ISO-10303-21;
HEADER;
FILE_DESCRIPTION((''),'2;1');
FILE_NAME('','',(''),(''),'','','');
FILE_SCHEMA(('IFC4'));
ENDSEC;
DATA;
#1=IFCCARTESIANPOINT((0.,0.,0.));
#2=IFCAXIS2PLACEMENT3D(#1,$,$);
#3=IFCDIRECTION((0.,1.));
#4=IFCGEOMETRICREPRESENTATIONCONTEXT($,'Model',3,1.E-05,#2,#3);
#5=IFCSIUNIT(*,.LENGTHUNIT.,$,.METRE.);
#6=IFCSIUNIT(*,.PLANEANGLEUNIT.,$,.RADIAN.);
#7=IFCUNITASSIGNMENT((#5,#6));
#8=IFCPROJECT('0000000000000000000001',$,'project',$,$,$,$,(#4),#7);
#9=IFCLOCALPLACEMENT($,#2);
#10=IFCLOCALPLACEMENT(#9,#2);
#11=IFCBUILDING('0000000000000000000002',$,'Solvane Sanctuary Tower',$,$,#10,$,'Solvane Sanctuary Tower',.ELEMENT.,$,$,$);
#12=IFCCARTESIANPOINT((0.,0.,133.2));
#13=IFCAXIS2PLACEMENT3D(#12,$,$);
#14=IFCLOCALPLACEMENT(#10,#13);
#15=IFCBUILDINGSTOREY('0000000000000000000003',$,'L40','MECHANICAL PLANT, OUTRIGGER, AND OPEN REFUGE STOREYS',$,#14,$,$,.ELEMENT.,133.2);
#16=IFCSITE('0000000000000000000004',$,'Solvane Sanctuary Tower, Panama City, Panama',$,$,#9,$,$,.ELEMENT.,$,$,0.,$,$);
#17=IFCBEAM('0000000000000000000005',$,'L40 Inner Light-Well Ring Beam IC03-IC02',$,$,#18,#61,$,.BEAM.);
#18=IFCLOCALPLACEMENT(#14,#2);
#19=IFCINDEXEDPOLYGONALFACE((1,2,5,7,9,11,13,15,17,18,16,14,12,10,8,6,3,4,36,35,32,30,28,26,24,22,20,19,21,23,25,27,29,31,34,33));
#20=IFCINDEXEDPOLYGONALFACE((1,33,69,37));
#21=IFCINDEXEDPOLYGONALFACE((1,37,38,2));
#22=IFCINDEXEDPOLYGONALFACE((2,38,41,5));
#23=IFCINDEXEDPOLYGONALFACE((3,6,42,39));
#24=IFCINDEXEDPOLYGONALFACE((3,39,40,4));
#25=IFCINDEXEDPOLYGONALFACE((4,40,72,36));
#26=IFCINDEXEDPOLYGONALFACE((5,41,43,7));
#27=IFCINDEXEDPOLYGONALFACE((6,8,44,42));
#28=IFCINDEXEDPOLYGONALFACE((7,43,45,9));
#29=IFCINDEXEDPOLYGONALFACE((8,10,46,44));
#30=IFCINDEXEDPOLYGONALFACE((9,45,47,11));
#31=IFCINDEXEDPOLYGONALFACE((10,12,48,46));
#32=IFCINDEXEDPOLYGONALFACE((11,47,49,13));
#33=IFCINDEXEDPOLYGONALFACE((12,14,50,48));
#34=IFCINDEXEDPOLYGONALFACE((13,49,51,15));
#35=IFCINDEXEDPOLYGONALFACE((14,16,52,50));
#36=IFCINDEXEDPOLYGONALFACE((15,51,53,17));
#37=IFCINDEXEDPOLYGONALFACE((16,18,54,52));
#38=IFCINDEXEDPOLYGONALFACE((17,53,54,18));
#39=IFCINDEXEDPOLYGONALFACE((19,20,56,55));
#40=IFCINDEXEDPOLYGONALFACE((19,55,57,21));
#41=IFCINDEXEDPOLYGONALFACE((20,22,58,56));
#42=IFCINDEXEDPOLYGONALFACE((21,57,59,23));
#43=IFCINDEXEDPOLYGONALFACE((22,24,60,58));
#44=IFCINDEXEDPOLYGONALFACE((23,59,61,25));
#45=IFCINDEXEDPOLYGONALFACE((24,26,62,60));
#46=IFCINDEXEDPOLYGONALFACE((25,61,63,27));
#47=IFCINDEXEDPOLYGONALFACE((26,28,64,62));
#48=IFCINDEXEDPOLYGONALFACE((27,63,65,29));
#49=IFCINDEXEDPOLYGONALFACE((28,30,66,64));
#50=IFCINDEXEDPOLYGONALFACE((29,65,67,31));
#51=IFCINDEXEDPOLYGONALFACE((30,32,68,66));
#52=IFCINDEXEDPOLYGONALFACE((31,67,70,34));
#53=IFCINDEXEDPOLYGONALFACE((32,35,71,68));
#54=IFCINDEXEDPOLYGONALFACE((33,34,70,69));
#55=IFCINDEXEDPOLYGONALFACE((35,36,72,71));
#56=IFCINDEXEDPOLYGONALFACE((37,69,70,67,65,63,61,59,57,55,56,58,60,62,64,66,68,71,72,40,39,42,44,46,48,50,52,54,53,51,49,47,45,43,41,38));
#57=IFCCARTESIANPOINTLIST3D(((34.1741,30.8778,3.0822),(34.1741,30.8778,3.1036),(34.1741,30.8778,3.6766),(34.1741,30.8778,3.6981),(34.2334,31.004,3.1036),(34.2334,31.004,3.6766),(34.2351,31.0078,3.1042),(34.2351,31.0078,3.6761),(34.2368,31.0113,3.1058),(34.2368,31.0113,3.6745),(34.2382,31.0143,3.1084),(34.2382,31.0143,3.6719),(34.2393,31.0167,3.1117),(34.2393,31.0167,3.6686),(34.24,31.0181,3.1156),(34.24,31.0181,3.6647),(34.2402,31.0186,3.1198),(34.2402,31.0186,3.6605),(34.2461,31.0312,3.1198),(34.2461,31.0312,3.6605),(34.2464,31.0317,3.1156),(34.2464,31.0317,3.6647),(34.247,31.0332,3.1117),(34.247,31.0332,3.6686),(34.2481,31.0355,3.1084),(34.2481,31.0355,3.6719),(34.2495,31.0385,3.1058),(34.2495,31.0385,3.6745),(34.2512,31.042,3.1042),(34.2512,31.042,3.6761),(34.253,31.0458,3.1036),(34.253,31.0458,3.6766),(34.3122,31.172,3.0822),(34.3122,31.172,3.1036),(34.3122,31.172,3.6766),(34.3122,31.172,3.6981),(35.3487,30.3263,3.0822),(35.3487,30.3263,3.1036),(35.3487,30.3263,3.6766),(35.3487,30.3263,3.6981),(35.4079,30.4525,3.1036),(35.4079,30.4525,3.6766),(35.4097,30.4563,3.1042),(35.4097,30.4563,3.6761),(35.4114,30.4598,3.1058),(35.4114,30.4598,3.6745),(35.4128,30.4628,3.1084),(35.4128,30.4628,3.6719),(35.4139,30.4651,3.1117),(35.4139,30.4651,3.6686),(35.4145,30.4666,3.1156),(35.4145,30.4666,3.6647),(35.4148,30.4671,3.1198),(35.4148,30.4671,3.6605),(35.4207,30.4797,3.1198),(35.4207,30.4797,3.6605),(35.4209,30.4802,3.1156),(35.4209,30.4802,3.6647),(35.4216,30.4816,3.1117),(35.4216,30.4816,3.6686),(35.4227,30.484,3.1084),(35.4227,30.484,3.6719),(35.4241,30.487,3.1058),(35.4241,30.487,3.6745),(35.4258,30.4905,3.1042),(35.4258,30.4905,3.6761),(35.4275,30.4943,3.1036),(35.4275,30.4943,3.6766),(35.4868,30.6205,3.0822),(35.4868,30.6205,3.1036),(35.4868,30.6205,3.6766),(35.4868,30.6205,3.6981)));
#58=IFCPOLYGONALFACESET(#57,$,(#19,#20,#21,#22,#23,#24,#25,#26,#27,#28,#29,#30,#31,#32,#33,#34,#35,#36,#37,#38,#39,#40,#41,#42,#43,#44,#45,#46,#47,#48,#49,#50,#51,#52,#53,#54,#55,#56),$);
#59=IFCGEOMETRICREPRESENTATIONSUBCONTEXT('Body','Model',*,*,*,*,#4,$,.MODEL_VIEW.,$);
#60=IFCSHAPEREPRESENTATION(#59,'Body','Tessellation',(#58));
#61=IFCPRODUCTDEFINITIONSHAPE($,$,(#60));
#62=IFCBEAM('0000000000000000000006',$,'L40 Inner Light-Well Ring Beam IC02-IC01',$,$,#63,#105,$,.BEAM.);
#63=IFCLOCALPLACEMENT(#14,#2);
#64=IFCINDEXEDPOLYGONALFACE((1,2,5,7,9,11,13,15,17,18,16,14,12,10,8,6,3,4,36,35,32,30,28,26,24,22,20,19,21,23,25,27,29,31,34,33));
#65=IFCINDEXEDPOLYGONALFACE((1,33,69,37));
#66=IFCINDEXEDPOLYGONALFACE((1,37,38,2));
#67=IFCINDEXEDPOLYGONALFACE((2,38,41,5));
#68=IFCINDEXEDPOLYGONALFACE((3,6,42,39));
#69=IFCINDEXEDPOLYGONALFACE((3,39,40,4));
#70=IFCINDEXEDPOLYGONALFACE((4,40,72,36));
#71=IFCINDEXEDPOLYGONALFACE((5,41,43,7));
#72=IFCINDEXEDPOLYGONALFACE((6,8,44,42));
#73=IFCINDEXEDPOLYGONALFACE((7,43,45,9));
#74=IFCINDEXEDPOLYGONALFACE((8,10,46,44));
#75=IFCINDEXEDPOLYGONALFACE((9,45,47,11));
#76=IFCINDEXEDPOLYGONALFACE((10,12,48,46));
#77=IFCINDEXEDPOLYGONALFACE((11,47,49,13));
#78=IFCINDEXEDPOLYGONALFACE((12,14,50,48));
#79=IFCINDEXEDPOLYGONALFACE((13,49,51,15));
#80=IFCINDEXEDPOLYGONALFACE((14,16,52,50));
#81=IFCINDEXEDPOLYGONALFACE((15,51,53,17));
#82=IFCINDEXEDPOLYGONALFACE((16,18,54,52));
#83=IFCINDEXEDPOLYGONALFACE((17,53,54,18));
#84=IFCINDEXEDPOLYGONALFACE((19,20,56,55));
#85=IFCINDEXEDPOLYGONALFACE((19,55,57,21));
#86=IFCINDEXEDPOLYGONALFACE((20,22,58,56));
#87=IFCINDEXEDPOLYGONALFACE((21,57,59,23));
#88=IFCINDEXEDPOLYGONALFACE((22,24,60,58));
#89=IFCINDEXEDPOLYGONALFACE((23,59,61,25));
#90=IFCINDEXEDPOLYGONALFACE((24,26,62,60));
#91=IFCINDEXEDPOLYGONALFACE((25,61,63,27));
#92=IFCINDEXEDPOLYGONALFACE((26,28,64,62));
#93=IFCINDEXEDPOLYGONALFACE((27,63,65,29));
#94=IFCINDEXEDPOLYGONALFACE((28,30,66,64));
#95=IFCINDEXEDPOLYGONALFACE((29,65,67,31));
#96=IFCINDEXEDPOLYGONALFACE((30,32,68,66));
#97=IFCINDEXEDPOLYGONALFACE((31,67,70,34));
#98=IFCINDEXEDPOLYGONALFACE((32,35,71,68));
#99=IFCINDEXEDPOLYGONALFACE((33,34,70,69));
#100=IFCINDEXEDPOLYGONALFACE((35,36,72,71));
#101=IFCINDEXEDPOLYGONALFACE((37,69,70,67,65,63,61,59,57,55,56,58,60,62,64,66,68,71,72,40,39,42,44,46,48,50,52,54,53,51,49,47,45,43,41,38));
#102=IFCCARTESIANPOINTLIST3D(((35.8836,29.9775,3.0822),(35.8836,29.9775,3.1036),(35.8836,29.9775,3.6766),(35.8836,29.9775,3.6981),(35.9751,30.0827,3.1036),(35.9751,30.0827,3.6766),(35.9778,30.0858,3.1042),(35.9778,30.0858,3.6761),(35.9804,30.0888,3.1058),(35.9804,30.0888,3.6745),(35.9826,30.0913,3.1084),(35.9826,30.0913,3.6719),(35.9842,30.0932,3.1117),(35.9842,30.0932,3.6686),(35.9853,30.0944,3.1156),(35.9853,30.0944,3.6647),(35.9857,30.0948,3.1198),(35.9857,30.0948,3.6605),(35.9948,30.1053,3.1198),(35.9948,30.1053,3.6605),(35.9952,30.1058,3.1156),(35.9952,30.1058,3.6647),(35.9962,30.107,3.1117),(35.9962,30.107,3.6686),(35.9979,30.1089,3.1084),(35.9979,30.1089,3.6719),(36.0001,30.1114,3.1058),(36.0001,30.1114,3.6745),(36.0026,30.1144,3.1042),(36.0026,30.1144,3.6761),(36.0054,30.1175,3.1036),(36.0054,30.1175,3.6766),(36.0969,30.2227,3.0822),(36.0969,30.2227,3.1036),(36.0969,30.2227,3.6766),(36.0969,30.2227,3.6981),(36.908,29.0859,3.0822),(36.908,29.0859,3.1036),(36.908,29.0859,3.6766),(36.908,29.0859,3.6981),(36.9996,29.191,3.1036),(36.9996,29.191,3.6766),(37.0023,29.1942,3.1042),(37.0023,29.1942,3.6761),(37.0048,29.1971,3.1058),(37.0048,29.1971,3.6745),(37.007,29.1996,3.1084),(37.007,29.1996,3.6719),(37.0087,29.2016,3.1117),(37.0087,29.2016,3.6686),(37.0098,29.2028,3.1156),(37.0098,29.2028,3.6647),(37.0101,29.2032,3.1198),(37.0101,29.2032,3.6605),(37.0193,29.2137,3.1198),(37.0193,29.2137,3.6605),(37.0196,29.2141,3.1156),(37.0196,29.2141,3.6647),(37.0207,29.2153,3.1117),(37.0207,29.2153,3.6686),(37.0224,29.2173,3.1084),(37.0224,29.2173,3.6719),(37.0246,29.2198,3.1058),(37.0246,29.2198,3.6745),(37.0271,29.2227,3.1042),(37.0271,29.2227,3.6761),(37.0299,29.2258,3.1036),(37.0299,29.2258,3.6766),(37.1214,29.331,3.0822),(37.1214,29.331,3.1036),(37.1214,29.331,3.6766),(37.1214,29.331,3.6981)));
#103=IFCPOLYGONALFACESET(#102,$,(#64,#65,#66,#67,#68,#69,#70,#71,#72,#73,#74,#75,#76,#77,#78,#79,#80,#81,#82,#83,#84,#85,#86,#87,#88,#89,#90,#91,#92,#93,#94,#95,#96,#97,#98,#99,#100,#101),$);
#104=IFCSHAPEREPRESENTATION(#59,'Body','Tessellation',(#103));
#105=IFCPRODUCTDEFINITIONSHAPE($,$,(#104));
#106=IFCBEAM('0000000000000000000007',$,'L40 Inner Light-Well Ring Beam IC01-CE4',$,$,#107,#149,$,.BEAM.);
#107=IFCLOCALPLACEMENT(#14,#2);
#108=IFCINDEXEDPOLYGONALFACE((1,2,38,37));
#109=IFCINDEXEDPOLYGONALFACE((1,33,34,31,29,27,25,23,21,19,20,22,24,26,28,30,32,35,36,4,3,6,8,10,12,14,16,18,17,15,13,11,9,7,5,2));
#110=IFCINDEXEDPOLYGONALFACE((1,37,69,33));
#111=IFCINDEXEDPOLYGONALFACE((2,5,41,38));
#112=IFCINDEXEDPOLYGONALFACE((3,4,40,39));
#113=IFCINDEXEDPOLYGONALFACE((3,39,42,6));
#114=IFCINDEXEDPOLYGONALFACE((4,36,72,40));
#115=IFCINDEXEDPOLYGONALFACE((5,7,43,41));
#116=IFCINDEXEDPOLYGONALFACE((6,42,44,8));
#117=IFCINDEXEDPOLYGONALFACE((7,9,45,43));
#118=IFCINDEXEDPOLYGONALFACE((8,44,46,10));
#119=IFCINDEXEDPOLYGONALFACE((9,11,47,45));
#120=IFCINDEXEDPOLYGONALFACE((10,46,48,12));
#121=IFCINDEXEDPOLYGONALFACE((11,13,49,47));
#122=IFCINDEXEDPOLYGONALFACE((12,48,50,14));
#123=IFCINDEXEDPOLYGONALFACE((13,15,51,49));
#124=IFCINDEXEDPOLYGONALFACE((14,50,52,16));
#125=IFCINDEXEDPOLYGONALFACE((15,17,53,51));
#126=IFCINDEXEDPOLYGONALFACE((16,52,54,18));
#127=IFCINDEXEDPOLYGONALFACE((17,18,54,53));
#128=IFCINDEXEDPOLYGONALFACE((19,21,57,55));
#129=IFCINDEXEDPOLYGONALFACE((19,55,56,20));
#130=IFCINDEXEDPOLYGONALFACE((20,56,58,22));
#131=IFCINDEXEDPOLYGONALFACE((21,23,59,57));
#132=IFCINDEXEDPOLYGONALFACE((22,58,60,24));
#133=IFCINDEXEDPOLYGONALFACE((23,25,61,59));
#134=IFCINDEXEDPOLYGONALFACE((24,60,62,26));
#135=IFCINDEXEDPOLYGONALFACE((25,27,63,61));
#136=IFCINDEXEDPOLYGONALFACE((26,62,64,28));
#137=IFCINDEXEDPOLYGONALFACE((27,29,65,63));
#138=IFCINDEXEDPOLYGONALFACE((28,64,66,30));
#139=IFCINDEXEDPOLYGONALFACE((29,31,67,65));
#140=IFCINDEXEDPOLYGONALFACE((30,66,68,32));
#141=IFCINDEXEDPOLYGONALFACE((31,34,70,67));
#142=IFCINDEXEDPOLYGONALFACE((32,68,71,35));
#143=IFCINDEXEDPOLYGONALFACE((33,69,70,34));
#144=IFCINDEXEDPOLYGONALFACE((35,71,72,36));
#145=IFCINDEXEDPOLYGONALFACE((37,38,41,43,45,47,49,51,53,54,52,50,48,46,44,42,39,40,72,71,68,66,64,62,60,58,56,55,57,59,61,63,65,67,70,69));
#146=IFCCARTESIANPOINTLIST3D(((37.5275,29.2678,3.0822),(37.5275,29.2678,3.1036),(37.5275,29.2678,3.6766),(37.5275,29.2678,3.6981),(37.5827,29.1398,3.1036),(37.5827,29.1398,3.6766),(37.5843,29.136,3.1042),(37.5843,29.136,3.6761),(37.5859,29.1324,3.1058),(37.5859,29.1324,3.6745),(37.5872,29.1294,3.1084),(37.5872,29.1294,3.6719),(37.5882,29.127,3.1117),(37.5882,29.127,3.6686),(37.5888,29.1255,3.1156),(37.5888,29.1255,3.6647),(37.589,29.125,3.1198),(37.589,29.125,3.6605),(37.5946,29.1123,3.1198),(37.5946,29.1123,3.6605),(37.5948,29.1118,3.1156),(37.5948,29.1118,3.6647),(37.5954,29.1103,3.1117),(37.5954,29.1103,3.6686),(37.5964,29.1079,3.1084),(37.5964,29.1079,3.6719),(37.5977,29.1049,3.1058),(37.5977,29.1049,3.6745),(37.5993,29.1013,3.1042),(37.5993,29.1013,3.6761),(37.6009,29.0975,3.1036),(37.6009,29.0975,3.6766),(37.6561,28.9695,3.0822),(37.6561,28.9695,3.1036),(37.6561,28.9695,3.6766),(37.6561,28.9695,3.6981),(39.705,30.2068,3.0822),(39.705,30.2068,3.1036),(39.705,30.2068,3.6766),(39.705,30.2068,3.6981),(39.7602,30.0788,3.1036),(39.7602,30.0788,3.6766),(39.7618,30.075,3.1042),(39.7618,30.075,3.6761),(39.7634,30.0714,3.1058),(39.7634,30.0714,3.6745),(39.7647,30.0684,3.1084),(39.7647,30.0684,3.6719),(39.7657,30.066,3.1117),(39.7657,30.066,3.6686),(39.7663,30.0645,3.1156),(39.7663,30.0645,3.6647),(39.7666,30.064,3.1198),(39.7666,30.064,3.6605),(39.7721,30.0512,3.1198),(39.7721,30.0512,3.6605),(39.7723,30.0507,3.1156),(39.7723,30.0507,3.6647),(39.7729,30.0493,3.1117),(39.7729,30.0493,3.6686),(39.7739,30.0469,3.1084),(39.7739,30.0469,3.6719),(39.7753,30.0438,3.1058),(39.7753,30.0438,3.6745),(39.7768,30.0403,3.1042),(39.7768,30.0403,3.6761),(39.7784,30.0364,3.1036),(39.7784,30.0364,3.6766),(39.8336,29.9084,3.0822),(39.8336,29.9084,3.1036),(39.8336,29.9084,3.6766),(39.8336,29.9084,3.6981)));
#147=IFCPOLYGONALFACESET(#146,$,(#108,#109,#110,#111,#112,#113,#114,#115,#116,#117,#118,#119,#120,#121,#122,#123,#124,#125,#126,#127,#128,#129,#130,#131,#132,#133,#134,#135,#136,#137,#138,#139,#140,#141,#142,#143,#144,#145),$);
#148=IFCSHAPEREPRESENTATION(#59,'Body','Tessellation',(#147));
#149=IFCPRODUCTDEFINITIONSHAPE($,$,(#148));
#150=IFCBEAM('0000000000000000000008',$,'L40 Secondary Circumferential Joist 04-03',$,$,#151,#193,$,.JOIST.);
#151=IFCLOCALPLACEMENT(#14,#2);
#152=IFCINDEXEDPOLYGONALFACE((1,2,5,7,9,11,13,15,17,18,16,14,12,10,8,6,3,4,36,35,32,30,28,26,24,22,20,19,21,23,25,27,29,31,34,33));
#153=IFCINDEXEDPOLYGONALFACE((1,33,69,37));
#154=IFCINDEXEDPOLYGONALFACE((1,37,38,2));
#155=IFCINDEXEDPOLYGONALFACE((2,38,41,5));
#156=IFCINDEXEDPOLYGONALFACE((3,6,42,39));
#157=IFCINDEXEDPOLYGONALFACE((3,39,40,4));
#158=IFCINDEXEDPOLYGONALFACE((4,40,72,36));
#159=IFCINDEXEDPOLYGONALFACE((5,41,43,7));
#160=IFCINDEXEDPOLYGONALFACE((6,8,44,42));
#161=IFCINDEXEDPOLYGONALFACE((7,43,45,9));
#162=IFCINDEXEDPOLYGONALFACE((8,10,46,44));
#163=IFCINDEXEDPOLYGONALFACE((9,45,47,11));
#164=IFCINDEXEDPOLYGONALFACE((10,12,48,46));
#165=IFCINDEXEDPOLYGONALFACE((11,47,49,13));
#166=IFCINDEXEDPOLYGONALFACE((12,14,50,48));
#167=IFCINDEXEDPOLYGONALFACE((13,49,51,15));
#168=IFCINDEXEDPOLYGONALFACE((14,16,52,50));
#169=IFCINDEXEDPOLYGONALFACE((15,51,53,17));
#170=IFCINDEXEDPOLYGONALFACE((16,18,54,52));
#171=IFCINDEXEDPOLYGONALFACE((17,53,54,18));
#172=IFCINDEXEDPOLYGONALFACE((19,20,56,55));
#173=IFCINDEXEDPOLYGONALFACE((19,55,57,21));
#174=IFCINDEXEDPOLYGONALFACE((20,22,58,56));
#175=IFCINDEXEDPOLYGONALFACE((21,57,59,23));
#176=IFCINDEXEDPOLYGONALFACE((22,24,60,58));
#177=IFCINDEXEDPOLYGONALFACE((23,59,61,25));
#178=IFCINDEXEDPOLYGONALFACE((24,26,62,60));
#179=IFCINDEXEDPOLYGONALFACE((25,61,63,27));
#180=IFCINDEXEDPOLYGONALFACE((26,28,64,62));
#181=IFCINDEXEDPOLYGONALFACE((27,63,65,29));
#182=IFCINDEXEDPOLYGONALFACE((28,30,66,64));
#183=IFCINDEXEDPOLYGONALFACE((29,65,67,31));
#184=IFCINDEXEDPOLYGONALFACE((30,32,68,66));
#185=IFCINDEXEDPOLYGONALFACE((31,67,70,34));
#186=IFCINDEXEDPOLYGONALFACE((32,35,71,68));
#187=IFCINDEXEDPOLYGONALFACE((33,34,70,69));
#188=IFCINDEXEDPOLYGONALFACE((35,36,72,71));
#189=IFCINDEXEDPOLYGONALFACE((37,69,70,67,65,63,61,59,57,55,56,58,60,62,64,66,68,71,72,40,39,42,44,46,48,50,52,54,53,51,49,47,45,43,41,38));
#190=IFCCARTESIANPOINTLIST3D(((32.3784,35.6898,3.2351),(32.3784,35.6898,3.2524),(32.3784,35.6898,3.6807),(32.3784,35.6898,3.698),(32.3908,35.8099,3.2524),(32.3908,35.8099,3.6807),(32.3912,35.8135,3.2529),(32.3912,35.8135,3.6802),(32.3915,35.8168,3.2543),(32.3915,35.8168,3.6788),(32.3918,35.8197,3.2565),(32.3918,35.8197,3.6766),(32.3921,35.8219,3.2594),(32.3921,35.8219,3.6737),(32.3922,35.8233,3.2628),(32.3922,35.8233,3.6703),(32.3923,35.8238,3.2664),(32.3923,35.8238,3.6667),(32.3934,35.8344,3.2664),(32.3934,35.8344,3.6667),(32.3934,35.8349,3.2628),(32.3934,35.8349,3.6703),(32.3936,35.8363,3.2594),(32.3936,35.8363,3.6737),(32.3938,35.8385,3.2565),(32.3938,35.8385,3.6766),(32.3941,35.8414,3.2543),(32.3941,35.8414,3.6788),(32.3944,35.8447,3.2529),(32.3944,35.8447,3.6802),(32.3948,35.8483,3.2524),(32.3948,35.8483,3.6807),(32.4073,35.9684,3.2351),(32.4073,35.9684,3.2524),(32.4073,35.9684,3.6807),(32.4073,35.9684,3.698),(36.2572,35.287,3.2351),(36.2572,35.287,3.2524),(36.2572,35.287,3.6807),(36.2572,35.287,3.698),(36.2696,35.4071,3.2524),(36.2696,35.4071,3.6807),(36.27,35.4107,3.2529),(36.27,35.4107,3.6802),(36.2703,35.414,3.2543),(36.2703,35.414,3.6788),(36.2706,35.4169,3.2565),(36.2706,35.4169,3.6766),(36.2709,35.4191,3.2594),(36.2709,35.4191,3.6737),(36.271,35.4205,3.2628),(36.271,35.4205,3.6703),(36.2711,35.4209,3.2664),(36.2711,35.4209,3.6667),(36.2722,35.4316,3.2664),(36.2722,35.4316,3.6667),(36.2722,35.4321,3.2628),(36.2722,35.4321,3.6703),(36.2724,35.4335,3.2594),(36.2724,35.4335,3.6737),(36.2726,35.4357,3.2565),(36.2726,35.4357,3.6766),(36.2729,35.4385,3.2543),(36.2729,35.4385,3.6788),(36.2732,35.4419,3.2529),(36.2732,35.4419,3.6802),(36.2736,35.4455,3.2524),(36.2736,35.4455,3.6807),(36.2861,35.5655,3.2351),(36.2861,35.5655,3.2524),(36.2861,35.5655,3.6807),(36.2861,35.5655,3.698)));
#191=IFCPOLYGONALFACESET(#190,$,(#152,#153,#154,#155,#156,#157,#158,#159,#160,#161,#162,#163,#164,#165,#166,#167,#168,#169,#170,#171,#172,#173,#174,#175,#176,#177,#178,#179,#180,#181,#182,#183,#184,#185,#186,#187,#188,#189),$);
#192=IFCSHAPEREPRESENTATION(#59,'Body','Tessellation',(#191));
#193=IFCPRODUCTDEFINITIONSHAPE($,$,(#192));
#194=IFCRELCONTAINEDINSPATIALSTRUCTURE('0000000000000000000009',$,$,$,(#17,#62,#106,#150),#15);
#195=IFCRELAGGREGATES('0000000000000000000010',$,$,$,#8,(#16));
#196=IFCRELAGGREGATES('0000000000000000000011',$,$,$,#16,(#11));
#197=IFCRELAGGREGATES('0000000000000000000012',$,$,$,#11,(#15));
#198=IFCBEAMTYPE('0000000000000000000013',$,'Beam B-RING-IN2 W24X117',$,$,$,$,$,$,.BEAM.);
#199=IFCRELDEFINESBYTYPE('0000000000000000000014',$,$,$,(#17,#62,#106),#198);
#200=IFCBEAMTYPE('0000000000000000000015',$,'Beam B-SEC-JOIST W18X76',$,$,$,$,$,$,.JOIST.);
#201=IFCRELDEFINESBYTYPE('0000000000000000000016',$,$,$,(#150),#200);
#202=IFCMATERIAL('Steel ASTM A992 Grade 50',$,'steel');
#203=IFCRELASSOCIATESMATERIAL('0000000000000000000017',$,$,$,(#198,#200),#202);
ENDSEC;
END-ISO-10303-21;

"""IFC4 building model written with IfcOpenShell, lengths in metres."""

from ifc_helpers import new_model, si_unit, direction, frame, origin, origin_2d, place, context, subcontext, project, spatial, i_section, extrude, material, material_profile, profile_set, type_object, element, save


model = new_model("IFC4")

# Units and contexts
model_context = context("Model", 3, precision=1e-05, world=origin(), true_north=direction((0.0, 1.0)))
body_context = subcontext(model_context, "Body", "Model", "MODEL_VIEW")
ifc_project = project(units=[si_unit("LENGTHUNIT", "METRE"), si_unit("PLANEANGLEUNIT", "RADIAN")], contexts=[model_context])

# Site, building, storey
site_placement = place(None, origin())
site = spatial("IfcSite", under=ifc_project, at=site_placement, Name="Solvane Sanctuary Tower, Panama City, Panama", CompositionType="ELEMENT", RefElevation=0.0)
building_placement = place(site_placement, origin())
building = spatial("IfcBuilding", under=site, at=building_placement, Name="Solvane Sanctuary Tower", LongName="Solvane Sanctuary Tower", CompositionType="ELEMENT")
storey_placement = place(building_placement, frame((0.0, 0.0, 133.2)))
storey = spatial("IfcBuildingStorey", under=building, at=storey_placement, Name="L40", Description="MECHANICAL PLANT, OUTRIGGER, AND OPEN REFUGE STOREYS", CompositionType="ELEMENT", Elevation=133.2)

# Beams
ifc_material_1 = material(Name="Steel ASTM A992 Grade 50", Category="steel")
ifc_material_profile_1 = material_profile(ifc_material_1, i_section(OverallWidth=0.325, OverallDepth=0.616, WebThickness=0.0139, FlangeThickness=0.0215, FilletRadius=0.0161, at=origin_2d()), Name="W24X117")
ifc_profile_set_1 = profile_set([ifc_material_profile_1], Name="Steel ASTM A992 Grade 50")
beam_type_1 = type_object("IfcBeamType", Name="Beam B-RING-IN2 W24X117", PredefinedType="BEAM", material=ifc_profile_set_1)
beam_1_placement = place(storey_placement, frame((34.2432, 31.0249, 3.3901), z_axis=(0.905181, -0.425027, 0.0), x_axis=(0.425027, 0.905181, 0.0)))
element("IfcBeam", 1, at=beam_1_placement, inside=storey, type_object=beam_type_1, Name="L40 Inner Light-Well Ring Beam IC03-IC02", PredefinedType="BEAM", context=body_context, shape_type="SweptSolid", body=[
    extrude(i_section(OverallWidth=0.325, OverallDepth=0.616, WebThickness=0.0139, FlangeThickness=0.0215, FilletRadius=0.0161, at=origin_2d()), origin(), (0.0, 0.0, 1.0), 1.2976),
])
beam_2_placement = place(storey_placement, frame((35.9902, 30.1001, 3.3901), z_axis=(0.754311, -0.656517, 0.0), x_axis=(0.656517, 0.754311, 0.0)))
element("IfcBeam", 2, at=beam_2_placement, inside=storey, type_object=beam_type_1, Name="L40 Inner Light-Well Ring Beam IC02-IC01", PredefinedType="BEAM", context=body_context, shape_type="SweptSolid", body=[
    extrude(i_section(OverallWidth=0.325, OverallDepth=0.616, WebThickness=0.0139, FlangeThickness=0.0215, FilletRadius=0.0161, at=origin_2d()), origin(), (0.0, 0.0, 1.0), 1.3582),
])
beam_3_placement = place(storey_placement, frame((37.5918, 29.1187, 3.3901), z_axis=(0.918264, 0.395969, 0.0), x_axis=(-0.395969, 0.918264, 0.0)))
element("IfcBeam", 3, at=beam_3_placement, inside=storey, type_object=beam_type_1, Name="L40 Inner Light-Well Ring Beam IC01-CE4", PredefinedType="BEAM", context=body_context, shape_type="SweptSolid", body=[
    extrude(i_section(OverallWidth=0.325, OverallDepth=0.616, WebThickness=0.0139, FlangeThickness=0.0215, FilletRadius=0.0161, at=origin_2d()), origin(), (0.0, 0.0, 1.0), 2.3713),
])
ifc_material_profile_2 = material_profile(ifc_material_1, i_section(OverallWidth=0.28, OverallDepth=0.4629, WebThickness=0.0107, FlangeThickness=0.0173, FilletRadius=0.0139, at=origin_2d()), Name="W18X76")
ifc_profile_set_2 = profile_set([ifc_material_profile_2], Name="Steel ASTM A992 Grade 50")
beam_type_2 = type_object("IfcBeamType", Name="Beam B-SEC-JOIST W18X76", PredefinedType="JOIST", material=ifc_profile_set_2)
beam_4_placement = place(storey_placement, frame((32.3928, 35.8291, 3.4666), z_axis=(0.994651, -0.103296, 0.0), x_axis=(0.103296, 0.994651, 0.0)))
element("IfcBeam", 4, at=beam_4_placement, inside=storey, type_object=beam_type_2, Name="L40 Secondary Circumferential Joist 04-03", PredefinedType="JOIST", context=body_context, shape_type="SweptSolid", body=[
    extrude(i_section(OverallWidth=0.28, OverallDepth=0.4629, WebThickness=0.0107, FlangeThickness=0.0173, FilletRadius=0.0139, at=origin_2d()), origin(), (0.0, 0.0, 1.0), 3.8997),
])

save(model, "model.ifc")
